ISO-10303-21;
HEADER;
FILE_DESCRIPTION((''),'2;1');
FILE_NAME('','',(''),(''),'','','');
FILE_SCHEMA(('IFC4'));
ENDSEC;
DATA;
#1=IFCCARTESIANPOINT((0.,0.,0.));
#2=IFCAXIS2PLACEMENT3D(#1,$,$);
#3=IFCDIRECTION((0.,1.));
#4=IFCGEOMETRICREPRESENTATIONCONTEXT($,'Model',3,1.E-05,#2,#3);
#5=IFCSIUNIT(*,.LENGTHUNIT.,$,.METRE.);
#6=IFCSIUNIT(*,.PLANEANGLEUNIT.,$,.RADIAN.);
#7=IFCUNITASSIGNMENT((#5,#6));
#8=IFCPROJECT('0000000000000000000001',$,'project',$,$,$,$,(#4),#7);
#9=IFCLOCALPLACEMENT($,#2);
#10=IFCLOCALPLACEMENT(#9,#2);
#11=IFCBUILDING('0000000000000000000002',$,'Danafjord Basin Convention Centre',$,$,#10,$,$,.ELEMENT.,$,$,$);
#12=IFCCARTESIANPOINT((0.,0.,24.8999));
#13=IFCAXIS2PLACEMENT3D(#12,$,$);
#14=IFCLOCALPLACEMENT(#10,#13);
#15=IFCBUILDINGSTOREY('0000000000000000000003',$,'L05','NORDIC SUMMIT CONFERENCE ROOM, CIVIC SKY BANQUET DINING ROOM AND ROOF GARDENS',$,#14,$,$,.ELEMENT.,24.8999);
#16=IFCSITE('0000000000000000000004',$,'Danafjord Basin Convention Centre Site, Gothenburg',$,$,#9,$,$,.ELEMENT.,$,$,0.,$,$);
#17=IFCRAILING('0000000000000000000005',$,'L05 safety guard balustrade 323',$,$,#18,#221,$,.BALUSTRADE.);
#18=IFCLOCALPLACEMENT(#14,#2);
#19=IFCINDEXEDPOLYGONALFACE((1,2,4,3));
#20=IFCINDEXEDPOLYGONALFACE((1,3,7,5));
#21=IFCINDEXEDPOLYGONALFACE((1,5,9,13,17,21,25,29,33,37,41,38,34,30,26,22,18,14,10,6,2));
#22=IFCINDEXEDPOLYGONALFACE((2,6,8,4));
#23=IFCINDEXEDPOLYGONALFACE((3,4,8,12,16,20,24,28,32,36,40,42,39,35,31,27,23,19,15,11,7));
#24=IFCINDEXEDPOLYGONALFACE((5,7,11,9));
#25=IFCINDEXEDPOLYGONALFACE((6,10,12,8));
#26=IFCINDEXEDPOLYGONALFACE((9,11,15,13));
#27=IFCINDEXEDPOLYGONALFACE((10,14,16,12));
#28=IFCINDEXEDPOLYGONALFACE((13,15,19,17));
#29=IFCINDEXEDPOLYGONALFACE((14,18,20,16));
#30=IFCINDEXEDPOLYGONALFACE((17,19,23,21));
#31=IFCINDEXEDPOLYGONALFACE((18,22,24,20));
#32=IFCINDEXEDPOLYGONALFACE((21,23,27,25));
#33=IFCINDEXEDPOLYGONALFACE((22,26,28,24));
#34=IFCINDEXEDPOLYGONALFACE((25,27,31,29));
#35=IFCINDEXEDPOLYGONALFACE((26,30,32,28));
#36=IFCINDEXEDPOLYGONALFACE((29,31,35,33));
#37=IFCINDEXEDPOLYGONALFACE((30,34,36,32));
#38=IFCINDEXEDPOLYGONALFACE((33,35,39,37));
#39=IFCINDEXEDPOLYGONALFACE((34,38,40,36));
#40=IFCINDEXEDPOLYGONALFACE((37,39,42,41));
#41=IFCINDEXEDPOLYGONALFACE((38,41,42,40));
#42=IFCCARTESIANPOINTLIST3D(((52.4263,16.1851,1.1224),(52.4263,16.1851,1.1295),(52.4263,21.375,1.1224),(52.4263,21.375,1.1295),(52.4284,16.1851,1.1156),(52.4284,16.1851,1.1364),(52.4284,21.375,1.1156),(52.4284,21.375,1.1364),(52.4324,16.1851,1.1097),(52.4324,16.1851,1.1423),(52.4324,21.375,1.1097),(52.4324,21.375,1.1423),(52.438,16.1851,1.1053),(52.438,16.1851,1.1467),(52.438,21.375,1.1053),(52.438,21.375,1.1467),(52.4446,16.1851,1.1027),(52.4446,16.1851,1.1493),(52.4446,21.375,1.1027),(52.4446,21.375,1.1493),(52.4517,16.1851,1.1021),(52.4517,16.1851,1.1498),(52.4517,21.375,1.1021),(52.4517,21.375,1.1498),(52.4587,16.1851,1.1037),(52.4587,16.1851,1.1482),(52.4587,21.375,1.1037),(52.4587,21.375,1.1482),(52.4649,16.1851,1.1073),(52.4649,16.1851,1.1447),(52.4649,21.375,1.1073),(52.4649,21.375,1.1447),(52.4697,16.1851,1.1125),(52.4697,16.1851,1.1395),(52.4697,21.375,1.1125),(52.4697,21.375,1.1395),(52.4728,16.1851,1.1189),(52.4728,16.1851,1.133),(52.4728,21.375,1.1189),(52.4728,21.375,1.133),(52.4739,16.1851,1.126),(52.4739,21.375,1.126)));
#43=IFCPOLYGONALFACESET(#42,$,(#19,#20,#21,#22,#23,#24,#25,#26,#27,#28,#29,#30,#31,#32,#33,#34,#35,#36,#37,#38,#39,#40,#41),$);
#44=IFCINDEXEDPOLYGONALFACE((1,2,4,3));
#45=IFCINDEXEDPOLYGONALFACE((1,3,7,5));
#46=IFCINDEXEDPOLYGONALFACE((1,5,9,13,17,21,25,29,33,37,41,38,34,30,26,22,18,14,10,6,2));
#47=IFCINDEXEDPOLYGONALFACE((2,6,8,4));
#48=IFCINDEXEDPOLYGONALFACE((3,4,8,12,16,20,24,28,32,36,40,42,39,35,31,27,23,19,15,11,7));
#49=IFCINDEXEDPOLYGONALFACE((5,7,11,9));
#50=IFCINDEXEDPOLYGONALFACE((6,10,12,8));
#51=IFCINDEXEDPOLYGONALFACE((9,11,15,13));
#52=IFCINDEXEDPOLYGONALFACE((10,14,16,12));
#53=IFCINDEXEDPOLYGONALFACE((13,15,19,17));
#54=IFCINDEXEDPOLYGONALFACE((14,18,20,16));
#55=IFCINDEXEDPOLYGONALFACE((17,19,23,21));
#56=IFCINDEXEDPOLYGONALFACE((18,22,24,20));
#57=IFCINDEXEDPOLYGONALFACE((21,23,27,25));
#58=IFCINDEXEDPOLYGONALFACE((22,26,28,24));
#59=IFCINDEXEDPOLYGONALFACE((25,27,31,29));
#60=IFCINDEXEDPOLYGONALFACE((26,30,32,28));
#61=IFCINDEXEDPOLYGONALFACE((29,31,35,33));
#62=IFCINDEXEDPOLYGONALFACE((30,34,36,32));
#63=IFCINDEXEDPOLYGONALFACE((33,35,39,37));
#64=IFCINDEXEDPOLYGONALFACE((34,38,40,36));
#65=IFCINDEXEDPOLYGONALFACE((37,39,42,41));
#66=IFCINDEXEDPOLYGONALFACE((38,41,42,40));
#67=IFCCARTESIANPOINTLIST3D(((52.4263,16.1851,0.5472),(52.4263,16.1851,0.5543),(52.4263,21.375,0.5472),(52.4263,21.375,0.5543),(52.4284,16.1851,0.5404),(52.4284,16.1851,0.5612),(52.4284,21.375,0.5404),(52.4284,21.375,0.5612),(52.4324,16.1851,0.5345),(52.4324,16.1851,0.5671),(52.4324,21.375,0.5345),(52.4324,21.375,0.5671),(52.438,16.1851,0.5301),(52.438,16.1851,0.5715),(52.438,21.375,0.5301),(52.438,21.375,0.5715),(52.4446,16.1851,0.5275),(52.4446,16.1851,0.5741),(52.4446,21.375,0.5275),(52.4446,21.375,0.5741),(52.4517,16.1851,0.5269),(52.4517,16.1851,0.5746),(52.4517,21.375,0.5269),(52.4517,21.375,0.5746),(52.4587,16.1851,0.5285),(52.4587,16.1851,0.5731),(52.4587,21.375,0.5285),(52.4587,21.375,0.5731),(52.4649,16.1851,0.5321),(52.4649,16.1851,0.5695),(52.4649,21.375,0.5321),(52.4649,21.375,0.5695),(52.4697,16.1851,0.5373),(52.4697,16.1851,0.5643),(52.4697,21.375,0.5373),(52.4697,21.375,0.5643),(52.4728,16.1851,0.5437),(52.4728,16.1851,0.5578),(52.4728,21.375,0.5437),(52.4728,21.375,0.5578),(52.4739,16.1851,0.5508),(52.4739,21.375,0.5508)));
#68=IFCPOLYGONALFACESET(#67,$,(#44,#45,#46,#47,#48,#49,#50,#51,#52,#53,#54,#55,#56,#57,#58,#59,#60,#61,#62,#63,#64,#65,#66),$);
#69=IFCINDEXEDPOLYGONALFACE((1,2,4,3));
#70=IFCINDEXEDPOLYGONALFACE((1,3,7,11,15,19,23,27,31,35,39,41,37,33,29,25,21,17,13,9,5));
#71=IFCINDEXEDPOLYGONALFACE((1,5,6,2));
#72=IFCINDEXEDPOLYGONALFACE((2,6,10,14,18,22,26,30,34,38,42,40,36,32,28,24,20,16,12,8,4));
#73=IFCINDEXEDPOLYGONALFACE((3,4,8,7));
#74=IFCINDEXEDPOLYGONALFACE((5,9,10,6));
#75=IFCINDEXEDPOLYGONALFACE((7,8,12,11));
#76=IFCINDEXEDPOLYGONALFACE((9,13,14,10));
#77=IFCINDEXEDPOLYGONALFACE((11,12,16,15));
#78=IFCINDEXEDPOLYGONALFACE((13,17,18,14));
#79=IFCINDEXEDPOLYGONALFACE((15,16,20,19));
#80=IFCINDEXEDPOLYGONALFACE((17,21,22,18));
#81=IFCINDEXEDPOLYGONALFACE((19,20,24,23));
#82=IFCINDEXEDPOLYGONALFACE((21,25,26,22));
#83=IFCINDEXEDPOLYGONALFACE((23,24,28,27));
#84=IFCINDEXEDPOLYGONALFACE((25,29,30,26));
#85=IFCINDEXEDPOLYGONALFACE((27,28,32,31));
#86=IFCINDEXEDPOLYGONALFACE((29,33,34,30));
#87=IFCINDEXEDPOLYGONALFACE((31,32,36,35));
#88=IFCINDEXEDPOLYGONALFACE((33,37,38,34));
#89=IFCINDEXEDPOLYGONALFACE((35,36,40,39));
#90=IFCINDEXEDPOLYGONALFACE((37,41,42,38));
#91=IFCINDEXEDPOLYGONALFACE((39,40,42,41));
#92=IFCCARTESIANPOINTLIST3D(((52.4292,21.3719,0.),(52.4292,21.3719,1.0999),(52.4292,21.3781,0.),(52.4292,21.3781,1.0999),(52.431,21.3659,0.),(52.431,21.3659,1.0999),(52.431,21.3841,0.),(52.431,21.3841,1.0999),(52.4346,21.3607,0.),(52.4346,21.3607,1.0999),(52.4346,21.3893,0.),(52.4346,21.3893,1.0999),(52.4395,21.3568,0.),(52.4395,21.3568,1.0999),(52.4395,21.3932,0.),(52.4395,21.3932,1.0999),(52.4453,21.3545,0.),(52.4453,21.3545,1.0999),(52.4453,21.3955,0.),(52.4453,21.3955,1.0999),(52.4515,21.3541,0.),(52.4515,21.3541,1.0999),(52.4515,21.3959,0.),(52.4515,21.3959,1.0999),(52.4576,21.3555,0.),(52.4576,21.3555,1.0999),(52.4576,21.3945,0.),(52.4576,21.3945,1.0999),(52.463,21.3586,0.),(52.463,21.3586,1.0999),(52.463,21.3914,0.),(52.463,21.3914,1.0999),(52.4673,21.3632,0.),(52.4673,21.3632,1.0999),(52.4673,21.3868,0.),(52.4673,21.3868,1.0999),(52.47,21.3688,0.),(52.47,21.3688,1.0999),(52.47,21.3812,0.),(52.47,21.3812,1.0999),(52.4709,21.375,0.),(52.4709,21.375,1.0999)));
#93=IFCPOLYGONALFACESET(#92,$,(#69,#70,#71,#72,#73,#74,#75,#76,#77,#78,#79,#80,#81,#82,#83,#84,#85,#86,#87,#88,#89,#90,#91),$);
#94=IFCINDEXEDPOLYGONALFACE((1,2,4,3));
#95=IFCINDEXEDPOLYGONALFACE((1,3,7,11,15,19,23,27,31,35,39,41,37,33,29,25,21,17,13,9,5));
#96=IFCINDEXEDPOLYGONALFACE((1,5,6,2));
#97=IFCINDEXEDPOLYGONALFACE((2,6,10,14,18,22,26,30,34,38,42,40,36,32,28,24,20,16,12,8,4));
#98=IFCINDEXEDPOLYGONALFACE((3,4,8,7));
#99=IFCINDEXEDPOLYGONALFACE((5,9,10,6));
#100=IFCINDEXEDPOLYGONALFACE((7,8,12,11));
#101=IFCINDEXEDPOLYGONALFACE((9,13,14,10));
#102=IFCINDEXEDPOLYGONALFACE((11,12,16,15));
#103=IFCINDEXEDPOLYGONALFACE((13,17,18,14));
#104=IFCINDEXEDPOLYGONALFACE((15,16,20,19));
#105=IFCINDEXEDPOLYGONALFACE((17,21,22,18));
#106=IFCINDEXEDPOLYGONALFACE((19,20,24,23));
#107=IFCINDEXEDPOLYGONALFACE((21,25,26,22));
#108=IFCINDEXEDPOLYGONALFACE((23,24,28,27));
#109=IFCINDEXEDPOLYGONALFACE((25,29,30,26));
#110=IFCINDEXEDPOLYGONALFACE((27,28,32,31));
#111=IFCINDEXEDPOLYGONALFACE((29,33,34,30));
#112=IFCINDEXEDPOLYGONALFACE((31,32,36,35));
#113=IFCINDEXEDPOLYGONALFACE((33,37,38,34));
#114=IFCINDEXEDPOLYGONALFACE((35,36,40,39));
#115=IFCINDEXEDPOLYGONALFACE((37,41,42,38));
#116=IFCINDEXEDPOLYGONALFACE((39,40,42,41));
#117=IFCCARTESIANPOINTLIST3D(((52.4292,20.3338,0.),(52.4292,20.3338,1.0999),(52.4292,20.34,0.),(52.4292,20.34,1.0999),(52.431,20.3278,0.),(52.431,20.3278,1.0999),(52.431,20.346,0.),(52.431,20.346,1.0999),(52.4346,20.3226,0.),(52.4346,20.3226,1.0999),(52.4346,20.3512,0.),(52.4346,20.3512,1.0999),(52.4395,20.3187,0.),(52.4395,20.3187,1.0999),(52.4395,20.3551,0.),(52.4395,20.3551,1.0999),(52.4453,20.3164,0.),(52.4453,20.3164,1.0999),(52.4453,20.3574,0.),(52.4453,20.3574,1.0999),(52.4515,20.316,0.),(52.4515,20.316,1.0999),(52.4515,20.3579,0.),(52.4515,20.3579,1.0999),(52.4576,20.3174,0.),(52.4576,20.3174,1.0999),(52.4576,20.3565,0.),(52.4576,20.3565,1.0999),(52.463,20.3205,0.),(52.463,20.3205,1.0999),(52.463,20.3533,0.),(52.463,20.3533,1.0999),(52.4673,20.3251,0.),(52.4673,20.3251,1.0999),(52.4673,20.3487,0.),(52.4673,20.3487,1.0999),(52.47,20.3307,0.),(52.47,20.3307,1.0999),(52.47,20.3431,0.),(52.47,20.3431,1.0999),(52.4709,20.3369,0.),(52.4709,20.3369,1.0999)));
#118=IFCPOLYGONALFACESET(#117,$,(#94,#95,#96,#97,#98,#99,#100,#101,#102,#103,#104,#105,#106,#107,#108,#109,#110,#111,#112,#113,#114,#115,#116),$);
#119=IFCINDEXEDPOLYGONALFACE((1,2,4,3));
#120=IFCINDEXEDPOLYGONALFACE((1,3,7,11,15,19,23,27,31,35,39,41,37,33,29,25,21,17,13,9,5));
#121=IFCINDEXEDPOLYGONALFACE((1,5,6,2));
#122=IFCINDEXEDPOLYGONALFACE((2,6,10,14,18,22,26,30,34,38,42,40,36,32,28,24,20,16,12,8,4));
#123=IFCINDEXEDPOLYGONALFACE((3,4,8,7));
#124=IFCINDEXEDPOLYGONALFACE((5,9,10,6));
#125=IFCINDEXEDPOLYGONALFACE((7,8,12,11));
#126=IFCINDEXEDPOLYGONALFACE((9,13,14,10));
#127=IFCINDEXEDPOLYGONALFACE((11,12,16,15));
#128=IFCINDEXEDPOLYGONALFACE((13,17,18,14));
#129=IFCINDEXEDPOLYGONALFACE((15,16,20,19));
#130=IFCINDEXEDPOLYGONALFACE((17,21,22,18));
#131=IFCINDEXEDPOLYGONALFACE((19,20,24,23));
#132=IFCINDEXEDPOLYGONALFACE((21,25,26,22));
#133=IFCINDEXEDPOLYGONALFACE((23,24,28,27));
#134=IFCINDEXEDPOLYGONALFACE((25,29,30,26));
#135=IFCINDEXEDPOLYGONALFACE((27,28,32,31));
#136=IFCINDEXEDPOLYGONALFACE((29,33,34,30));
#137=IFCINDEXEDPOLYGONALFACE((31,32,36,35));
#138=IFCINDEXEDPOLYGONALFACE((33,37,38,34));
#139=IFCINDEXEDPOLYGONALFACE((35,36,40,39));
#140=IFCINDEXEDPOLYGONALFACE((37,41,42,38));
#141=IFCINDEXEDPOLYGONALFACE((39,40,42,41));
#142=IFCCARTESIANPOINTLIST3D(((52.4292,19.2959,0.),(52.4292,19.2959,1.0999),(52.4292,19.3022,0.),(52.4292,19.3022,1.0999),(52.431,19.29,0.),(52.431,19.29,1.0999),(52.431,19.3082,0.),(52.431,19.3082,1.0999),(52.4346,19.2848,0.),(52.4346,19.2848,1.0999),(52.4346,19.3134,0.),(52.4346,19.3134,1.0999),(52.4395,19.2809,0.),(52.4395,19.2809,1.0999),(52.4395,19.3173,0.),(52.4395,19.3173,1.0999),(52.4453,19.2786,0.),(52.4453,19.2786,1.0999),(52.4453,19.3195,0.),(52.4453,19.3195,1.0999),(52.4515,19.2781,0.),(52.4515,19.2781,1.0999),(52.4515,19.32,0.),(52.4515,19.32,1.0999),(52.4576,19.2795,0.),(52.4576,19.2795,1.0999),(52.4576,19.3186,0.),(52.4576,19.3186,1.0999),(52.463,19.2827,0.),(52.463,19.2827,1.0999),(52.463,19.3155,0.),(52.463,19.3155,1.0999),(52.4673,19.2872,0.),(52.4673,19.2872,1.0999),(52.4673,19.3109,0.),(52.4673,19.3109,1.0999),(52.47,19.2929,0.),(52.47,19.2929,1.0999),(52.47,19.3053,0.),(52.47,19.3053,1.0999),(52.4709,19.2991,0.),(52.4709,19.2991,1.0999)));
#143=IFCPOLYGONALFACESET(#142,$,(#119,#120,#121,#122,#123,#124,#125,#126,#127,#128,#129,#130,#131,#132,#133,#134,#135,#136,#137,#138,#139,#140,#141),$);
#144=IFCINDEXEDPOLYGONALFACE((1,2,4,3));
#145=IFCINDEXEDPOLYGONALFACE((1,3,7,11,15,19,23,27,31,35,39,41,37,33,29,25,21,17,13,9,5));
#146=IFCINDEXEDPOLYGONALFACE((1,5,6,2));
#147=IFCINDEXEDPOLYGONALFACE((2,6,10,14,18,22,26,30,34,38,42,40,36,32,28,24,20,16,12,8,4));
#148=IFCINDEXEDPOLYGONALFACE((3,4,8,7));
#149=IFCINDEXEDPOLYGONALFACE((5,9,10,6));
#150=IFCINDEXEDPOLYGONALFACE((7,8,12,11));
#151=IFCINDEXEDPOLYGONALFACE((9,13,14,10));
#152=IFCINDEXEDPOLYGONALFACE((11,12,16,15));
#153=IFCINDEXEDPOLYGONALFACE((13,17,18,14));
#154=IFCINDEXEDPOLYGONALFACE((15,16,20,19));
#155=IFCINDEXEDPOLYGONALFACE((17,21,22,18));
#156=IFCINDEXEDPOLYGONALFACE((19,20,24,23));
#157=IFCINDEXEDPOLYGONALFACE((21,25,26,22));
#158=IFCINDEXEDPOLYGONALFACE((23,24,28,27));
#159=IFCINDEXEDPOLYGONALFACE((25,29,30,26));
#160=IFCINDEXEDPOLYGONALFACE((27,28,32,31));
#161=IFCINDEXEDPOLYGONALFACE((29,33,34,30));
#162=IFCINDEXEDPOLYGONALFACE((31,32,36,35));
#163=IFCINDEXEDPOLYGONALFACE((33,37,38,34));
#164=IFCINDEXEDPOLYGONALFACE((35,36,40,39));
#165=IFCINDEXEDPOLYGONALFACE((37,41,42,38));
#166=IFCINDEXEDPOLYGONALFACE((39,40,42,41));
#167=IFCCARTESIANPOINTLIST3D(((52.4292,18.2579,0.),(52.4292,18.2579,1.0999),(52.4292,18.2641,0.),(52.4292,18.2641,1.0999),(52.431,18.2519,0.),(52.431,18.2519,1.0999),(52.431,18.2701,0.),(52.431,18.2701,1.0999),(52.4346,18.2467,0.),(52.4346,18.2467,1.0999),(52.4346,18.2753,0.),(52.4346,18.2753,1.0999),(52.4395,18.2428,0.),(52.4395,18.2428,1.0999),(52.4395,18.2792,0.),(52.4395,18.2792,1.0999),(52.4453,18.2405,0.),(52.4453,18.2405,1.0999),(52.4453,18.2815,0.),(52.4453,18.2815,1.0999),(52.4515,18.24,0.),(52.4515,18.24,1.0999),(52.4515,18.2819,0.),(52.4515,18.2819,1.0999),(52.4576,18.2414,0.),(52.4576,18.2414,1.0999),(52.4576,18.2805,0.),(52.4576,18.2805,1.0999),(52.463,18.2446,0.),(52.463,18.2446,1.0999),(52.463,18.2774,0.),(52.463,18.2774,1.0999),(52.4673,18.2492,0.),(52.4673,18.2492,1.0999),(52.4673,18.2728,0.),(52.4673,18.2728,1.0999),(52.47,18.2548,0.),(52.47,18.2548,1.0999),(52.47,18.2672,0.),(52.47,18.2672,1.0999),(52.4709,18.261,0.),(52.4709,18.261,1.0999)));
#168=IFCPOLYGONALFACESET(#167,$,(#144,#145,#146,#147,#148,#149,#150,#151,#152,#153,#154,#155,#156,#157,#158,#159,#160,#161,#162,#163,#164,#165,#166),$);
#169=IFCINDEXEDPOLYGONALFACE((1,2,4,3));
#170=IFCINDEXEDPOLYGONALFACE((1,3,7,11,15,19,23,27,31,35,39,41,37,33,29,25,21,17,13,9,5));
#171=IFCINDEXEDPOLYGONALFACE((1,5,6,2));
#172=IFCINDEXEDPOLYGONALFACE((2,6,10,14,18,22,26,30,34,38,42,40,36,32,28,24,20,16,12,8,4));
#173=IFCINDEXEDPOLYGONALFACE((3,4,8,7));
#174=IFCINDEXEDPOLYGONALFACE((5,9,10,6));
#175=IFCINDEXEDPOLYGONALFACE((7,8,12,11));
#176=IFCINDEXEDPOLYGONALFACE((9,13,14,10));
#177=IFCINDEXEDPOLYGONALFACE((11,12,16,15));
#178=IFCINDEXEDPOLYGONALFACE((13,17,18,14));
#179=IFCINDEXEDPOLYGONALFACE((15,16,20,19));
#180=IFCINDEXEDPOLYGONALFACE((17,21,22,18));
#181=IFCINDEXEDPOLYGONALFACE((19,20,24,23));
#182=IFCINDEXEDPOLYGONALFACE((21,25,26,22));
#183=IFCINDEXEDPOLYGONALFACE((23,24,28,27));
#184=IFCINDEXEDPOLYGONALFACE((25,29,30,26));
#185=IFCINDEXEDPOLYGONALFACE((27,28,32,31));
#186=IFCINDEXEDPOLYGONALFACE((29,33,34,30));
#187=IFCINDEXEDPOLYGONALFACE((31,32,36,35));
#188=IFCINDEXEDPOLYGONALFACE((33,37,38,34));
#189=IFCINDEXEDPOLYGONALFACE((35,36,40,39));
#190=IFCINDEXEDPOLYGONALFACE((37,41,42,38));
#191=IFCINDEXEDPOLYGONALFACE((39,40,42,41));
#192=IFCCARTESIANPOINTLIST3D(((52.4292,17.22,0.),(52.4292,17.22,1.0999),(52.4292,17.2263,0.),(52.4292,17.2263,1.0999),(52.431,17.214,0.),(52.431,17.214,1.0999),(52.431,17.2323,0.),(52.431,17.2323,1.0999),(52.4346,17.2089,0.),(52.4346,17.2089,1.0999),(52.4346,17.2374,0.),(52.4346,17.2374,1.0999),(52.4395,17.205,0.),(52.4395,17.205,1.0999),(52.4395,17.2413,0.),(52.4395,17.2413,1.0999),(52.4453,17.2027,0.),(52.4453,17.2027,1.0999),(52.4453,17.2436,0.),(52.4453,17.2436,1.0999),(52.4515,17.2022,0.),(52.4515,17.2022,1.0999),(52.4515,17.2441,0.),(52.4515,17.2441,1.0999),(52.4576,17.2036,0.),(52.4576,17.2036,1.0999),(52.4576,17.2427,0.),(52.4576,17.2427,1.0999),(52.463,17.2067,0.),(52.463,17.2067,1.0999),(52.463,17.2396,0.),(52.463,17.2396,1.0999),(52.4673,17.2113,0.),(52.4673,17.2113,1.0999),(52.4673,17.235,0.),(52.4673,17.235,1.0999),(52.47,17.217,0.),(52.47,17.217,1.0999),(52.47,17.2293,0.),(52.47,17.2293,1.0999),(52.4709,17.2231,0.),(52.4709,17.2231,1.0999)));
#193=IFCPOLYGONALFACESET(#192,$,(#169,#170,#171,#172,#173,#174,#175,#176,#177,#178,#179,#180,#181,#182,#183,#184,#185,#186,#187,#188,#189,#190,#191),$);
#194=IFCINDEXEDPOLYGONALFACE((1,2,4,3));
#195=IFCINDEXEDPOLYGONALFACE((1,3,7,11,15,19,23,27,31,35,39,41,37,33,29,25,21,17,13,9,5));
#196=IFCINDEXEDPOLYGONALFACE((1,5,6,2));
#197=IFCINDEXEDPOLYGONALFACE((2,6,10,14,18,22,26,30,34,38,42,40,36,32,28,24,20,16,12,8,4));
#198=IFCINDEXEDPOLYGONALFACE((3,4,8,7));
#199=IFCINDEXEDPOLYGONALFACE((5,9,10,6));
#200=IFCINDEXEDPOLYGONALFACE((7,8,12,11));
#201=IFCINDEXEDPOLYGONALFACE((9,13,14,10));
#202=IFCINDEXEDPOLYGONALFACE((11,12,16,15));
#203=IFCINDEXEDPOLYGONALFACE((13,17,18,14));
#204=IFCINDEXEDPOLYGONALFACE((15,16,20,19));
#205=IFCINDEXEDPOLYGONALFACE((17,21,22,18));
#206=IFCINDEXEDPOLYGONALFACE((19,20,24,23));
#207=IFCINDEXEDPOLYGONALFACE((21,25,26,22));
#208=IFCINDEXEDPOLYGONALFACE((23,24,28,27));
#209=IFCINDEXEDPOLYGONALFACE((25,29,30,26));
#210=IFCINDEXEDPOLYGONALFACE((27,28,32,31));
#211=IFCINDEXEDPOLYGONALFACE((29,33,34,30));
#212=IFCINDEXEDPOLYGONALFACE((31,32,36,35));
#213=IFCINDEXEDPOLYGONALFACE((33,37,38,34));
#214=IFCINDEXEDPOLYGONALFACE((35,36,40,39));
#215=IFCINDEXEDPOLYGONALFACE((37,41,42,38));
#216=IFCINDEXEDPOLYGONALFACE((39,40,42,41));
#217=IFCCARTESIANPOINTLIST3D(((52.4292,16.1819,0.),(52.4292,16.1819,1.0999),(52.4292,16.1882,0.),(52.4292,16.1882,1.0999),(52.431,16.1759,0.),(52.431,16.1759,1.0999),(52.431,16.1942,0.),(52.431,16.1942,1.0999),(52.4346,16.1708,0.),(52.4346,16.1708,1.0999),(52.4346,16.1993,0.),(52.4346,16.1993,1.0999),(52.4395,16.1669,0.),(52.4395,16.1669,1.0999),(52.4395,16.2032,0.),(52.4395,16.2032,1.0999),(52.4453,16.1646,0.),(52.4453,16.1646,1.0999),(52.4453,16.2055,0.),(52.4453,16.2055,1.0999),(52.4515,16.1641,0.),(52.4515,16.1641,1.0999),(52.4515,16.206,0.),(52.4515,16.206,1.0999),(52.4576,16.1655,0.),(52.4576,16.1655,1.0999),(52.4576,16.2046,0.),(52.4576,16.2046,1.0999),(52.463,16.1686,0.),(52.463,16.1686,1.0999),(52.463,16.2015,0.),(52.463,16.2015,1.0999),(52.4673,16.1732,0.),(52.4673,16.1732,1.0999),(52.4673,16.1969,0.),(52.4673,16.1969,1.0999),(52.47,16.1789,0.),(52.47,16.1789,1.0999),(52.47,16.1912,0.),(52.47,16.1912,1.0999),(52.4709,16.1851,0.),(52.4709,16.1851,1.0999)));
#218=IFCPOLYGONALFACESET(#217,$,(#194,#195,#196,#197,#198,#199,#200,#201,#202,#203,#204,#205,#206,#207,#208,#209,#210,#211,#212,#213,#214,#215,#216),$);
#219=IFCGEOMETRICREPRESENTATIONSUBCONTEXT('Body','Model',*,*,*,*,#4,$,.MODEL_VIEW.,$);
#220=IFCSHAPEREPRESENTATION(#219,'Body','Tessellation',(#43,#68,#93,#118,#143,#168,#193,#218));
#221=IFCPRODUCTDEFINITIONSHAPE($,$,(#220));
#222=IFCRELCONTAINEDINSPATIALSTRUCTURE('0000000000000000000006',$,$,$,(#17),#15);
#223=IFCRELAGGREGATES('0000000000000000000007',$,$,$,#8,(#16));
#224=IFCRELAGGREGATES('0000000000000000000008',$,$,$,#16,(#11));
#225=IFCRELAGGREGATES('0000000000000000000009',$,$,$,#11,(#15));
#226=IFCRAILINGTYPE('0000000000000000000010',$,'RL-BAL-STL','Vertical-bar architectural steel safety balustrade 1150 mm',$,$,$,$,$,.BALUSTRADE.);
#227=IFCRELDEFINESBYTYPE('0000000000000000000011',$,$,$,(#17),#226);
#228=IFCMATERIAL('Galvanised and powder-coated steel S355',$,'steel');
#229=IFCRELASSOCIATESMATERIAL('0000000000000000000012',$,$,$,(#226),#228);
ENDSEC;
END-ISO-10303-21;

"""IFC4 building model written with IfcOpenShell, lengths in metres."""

from ifc_helpers import new_model, si_unit, direction, frame, origin, origin_2d, place, context, subcontext, project, spatial, circle, extrude, material, type_object, element, save


model = new_model("IFC4")

# Units and contexts
model_context = context("Model", 3, precision=1e-05, world=origin(), true_north=direction((0.0, 1.0)))
body_context = subcontext(model_context, "Body", "Model", "MODEL_VIEW")
ifc_project = project(units=[si_unit("LENGTHUNIT", "METRE"), si_unit("PLANEANGLEUNIT", "RADIAN")], contexts=[model_context])

# Site, building, storey
site_placement = place(None, origin())
site = spatial("IfcSite", under=ifc_project, at=site_placement, Name="Danafjord Basin Convention Centre Site, Gothenburg", CompositionType="ELEMENT", RefElevation=0.0)
building_placement = place(site_placement, origin())
building = spatial("IfcBuilding", under=site, at=building_placement, Name="Danafjord Basin Convention Centre", CompositionType="ELEMENT")
storey_placement = place(building_placement, frame((0.0, 0.0, 24.8999)))
storey = spatial("IfcBuildingStorey", under=building, at=storey_placement, Name="L05", Description="NORDIC SUMMIT CONFERENCE ROOM, CIVIC SKY BANQUET DINING ROOM AND ROOF GARDENS", CompositionType="ELEMENT", Elevation=24.8999)

# Railing
ifc_material_1 = material(Name="Galvanised and powder-coated steel S355", Category="steel")
railing_type_1 = type_object("IfcRailingType", Name="RL-BAL-STL", Description="Vertical-bar architectural steel safety balustrade 1150 mm", PredefinedType="BALUSTRADE", material=ifc_material_1)
railing_1_placement = place(storey_placement, frame((52.45, 21.375, 0.0)))
element("IfcRailing", 1, at=railing_1_placement, inside=storey, type_object=railing_type_1, Name="L05 safety guard balustrade 323", PredefinedType="BALUSTRADE", context=body_context, shape_type="SweptSolid", body=[
    extrude(circle(Radius=0.0239, at=origin_2d()), frame((0.0, 0.0, 1.126), z_axis=(0.0, -1.0, 0.0), x_axis=(1.0, 0.0, 0.0)), (0.0, 0.0, 1.0), 5.1899),
    extrude(circle(Radius=0.0239, at=origin_2d()), frame((0.0, 0.0, 0.5508), z_axis=(0.0, -1.0, 0.0), x_axis=(1.0, 0.0, 0.0)), (0.0, 0.0, 1.0), 5.1899),
    extrude(circle(Radius=0.021, at=origin_2d()), origin(), (0.0, 0.0, 1.0), 1.0999),
    extrude(circle(Radius=0.021, at=origin_2d()), frame((0.0, -1.0381, 0.0)), (0.0, 0.0, 1.0), 1.0999),
    extrude(circle(Radius=0.021, at=origin_2d()), frame((0.0, -2.0759, 0.0)), (0.0, 0.0, 1.0), 1.0999),
    extrude(circle(Radius=0.021, at=origin_2d()), frame((0.0, -3.114, 0.0)), (0.0, 0.0, 1.0), 1.0999),
    extrude(circle(Radius=0.021, at=origin_2d()), frame((0.0, -4.1519, 0.0)), (0.0, 0.0, 1.0), 1.0999),
    extrude(circle(Radius=0.021, at=origin_2d()), frame((0.0, -5.1899, 0.0)), (0.0, 0.0, 1.0), 1.0999),
])

save(model, "model.ifc")
